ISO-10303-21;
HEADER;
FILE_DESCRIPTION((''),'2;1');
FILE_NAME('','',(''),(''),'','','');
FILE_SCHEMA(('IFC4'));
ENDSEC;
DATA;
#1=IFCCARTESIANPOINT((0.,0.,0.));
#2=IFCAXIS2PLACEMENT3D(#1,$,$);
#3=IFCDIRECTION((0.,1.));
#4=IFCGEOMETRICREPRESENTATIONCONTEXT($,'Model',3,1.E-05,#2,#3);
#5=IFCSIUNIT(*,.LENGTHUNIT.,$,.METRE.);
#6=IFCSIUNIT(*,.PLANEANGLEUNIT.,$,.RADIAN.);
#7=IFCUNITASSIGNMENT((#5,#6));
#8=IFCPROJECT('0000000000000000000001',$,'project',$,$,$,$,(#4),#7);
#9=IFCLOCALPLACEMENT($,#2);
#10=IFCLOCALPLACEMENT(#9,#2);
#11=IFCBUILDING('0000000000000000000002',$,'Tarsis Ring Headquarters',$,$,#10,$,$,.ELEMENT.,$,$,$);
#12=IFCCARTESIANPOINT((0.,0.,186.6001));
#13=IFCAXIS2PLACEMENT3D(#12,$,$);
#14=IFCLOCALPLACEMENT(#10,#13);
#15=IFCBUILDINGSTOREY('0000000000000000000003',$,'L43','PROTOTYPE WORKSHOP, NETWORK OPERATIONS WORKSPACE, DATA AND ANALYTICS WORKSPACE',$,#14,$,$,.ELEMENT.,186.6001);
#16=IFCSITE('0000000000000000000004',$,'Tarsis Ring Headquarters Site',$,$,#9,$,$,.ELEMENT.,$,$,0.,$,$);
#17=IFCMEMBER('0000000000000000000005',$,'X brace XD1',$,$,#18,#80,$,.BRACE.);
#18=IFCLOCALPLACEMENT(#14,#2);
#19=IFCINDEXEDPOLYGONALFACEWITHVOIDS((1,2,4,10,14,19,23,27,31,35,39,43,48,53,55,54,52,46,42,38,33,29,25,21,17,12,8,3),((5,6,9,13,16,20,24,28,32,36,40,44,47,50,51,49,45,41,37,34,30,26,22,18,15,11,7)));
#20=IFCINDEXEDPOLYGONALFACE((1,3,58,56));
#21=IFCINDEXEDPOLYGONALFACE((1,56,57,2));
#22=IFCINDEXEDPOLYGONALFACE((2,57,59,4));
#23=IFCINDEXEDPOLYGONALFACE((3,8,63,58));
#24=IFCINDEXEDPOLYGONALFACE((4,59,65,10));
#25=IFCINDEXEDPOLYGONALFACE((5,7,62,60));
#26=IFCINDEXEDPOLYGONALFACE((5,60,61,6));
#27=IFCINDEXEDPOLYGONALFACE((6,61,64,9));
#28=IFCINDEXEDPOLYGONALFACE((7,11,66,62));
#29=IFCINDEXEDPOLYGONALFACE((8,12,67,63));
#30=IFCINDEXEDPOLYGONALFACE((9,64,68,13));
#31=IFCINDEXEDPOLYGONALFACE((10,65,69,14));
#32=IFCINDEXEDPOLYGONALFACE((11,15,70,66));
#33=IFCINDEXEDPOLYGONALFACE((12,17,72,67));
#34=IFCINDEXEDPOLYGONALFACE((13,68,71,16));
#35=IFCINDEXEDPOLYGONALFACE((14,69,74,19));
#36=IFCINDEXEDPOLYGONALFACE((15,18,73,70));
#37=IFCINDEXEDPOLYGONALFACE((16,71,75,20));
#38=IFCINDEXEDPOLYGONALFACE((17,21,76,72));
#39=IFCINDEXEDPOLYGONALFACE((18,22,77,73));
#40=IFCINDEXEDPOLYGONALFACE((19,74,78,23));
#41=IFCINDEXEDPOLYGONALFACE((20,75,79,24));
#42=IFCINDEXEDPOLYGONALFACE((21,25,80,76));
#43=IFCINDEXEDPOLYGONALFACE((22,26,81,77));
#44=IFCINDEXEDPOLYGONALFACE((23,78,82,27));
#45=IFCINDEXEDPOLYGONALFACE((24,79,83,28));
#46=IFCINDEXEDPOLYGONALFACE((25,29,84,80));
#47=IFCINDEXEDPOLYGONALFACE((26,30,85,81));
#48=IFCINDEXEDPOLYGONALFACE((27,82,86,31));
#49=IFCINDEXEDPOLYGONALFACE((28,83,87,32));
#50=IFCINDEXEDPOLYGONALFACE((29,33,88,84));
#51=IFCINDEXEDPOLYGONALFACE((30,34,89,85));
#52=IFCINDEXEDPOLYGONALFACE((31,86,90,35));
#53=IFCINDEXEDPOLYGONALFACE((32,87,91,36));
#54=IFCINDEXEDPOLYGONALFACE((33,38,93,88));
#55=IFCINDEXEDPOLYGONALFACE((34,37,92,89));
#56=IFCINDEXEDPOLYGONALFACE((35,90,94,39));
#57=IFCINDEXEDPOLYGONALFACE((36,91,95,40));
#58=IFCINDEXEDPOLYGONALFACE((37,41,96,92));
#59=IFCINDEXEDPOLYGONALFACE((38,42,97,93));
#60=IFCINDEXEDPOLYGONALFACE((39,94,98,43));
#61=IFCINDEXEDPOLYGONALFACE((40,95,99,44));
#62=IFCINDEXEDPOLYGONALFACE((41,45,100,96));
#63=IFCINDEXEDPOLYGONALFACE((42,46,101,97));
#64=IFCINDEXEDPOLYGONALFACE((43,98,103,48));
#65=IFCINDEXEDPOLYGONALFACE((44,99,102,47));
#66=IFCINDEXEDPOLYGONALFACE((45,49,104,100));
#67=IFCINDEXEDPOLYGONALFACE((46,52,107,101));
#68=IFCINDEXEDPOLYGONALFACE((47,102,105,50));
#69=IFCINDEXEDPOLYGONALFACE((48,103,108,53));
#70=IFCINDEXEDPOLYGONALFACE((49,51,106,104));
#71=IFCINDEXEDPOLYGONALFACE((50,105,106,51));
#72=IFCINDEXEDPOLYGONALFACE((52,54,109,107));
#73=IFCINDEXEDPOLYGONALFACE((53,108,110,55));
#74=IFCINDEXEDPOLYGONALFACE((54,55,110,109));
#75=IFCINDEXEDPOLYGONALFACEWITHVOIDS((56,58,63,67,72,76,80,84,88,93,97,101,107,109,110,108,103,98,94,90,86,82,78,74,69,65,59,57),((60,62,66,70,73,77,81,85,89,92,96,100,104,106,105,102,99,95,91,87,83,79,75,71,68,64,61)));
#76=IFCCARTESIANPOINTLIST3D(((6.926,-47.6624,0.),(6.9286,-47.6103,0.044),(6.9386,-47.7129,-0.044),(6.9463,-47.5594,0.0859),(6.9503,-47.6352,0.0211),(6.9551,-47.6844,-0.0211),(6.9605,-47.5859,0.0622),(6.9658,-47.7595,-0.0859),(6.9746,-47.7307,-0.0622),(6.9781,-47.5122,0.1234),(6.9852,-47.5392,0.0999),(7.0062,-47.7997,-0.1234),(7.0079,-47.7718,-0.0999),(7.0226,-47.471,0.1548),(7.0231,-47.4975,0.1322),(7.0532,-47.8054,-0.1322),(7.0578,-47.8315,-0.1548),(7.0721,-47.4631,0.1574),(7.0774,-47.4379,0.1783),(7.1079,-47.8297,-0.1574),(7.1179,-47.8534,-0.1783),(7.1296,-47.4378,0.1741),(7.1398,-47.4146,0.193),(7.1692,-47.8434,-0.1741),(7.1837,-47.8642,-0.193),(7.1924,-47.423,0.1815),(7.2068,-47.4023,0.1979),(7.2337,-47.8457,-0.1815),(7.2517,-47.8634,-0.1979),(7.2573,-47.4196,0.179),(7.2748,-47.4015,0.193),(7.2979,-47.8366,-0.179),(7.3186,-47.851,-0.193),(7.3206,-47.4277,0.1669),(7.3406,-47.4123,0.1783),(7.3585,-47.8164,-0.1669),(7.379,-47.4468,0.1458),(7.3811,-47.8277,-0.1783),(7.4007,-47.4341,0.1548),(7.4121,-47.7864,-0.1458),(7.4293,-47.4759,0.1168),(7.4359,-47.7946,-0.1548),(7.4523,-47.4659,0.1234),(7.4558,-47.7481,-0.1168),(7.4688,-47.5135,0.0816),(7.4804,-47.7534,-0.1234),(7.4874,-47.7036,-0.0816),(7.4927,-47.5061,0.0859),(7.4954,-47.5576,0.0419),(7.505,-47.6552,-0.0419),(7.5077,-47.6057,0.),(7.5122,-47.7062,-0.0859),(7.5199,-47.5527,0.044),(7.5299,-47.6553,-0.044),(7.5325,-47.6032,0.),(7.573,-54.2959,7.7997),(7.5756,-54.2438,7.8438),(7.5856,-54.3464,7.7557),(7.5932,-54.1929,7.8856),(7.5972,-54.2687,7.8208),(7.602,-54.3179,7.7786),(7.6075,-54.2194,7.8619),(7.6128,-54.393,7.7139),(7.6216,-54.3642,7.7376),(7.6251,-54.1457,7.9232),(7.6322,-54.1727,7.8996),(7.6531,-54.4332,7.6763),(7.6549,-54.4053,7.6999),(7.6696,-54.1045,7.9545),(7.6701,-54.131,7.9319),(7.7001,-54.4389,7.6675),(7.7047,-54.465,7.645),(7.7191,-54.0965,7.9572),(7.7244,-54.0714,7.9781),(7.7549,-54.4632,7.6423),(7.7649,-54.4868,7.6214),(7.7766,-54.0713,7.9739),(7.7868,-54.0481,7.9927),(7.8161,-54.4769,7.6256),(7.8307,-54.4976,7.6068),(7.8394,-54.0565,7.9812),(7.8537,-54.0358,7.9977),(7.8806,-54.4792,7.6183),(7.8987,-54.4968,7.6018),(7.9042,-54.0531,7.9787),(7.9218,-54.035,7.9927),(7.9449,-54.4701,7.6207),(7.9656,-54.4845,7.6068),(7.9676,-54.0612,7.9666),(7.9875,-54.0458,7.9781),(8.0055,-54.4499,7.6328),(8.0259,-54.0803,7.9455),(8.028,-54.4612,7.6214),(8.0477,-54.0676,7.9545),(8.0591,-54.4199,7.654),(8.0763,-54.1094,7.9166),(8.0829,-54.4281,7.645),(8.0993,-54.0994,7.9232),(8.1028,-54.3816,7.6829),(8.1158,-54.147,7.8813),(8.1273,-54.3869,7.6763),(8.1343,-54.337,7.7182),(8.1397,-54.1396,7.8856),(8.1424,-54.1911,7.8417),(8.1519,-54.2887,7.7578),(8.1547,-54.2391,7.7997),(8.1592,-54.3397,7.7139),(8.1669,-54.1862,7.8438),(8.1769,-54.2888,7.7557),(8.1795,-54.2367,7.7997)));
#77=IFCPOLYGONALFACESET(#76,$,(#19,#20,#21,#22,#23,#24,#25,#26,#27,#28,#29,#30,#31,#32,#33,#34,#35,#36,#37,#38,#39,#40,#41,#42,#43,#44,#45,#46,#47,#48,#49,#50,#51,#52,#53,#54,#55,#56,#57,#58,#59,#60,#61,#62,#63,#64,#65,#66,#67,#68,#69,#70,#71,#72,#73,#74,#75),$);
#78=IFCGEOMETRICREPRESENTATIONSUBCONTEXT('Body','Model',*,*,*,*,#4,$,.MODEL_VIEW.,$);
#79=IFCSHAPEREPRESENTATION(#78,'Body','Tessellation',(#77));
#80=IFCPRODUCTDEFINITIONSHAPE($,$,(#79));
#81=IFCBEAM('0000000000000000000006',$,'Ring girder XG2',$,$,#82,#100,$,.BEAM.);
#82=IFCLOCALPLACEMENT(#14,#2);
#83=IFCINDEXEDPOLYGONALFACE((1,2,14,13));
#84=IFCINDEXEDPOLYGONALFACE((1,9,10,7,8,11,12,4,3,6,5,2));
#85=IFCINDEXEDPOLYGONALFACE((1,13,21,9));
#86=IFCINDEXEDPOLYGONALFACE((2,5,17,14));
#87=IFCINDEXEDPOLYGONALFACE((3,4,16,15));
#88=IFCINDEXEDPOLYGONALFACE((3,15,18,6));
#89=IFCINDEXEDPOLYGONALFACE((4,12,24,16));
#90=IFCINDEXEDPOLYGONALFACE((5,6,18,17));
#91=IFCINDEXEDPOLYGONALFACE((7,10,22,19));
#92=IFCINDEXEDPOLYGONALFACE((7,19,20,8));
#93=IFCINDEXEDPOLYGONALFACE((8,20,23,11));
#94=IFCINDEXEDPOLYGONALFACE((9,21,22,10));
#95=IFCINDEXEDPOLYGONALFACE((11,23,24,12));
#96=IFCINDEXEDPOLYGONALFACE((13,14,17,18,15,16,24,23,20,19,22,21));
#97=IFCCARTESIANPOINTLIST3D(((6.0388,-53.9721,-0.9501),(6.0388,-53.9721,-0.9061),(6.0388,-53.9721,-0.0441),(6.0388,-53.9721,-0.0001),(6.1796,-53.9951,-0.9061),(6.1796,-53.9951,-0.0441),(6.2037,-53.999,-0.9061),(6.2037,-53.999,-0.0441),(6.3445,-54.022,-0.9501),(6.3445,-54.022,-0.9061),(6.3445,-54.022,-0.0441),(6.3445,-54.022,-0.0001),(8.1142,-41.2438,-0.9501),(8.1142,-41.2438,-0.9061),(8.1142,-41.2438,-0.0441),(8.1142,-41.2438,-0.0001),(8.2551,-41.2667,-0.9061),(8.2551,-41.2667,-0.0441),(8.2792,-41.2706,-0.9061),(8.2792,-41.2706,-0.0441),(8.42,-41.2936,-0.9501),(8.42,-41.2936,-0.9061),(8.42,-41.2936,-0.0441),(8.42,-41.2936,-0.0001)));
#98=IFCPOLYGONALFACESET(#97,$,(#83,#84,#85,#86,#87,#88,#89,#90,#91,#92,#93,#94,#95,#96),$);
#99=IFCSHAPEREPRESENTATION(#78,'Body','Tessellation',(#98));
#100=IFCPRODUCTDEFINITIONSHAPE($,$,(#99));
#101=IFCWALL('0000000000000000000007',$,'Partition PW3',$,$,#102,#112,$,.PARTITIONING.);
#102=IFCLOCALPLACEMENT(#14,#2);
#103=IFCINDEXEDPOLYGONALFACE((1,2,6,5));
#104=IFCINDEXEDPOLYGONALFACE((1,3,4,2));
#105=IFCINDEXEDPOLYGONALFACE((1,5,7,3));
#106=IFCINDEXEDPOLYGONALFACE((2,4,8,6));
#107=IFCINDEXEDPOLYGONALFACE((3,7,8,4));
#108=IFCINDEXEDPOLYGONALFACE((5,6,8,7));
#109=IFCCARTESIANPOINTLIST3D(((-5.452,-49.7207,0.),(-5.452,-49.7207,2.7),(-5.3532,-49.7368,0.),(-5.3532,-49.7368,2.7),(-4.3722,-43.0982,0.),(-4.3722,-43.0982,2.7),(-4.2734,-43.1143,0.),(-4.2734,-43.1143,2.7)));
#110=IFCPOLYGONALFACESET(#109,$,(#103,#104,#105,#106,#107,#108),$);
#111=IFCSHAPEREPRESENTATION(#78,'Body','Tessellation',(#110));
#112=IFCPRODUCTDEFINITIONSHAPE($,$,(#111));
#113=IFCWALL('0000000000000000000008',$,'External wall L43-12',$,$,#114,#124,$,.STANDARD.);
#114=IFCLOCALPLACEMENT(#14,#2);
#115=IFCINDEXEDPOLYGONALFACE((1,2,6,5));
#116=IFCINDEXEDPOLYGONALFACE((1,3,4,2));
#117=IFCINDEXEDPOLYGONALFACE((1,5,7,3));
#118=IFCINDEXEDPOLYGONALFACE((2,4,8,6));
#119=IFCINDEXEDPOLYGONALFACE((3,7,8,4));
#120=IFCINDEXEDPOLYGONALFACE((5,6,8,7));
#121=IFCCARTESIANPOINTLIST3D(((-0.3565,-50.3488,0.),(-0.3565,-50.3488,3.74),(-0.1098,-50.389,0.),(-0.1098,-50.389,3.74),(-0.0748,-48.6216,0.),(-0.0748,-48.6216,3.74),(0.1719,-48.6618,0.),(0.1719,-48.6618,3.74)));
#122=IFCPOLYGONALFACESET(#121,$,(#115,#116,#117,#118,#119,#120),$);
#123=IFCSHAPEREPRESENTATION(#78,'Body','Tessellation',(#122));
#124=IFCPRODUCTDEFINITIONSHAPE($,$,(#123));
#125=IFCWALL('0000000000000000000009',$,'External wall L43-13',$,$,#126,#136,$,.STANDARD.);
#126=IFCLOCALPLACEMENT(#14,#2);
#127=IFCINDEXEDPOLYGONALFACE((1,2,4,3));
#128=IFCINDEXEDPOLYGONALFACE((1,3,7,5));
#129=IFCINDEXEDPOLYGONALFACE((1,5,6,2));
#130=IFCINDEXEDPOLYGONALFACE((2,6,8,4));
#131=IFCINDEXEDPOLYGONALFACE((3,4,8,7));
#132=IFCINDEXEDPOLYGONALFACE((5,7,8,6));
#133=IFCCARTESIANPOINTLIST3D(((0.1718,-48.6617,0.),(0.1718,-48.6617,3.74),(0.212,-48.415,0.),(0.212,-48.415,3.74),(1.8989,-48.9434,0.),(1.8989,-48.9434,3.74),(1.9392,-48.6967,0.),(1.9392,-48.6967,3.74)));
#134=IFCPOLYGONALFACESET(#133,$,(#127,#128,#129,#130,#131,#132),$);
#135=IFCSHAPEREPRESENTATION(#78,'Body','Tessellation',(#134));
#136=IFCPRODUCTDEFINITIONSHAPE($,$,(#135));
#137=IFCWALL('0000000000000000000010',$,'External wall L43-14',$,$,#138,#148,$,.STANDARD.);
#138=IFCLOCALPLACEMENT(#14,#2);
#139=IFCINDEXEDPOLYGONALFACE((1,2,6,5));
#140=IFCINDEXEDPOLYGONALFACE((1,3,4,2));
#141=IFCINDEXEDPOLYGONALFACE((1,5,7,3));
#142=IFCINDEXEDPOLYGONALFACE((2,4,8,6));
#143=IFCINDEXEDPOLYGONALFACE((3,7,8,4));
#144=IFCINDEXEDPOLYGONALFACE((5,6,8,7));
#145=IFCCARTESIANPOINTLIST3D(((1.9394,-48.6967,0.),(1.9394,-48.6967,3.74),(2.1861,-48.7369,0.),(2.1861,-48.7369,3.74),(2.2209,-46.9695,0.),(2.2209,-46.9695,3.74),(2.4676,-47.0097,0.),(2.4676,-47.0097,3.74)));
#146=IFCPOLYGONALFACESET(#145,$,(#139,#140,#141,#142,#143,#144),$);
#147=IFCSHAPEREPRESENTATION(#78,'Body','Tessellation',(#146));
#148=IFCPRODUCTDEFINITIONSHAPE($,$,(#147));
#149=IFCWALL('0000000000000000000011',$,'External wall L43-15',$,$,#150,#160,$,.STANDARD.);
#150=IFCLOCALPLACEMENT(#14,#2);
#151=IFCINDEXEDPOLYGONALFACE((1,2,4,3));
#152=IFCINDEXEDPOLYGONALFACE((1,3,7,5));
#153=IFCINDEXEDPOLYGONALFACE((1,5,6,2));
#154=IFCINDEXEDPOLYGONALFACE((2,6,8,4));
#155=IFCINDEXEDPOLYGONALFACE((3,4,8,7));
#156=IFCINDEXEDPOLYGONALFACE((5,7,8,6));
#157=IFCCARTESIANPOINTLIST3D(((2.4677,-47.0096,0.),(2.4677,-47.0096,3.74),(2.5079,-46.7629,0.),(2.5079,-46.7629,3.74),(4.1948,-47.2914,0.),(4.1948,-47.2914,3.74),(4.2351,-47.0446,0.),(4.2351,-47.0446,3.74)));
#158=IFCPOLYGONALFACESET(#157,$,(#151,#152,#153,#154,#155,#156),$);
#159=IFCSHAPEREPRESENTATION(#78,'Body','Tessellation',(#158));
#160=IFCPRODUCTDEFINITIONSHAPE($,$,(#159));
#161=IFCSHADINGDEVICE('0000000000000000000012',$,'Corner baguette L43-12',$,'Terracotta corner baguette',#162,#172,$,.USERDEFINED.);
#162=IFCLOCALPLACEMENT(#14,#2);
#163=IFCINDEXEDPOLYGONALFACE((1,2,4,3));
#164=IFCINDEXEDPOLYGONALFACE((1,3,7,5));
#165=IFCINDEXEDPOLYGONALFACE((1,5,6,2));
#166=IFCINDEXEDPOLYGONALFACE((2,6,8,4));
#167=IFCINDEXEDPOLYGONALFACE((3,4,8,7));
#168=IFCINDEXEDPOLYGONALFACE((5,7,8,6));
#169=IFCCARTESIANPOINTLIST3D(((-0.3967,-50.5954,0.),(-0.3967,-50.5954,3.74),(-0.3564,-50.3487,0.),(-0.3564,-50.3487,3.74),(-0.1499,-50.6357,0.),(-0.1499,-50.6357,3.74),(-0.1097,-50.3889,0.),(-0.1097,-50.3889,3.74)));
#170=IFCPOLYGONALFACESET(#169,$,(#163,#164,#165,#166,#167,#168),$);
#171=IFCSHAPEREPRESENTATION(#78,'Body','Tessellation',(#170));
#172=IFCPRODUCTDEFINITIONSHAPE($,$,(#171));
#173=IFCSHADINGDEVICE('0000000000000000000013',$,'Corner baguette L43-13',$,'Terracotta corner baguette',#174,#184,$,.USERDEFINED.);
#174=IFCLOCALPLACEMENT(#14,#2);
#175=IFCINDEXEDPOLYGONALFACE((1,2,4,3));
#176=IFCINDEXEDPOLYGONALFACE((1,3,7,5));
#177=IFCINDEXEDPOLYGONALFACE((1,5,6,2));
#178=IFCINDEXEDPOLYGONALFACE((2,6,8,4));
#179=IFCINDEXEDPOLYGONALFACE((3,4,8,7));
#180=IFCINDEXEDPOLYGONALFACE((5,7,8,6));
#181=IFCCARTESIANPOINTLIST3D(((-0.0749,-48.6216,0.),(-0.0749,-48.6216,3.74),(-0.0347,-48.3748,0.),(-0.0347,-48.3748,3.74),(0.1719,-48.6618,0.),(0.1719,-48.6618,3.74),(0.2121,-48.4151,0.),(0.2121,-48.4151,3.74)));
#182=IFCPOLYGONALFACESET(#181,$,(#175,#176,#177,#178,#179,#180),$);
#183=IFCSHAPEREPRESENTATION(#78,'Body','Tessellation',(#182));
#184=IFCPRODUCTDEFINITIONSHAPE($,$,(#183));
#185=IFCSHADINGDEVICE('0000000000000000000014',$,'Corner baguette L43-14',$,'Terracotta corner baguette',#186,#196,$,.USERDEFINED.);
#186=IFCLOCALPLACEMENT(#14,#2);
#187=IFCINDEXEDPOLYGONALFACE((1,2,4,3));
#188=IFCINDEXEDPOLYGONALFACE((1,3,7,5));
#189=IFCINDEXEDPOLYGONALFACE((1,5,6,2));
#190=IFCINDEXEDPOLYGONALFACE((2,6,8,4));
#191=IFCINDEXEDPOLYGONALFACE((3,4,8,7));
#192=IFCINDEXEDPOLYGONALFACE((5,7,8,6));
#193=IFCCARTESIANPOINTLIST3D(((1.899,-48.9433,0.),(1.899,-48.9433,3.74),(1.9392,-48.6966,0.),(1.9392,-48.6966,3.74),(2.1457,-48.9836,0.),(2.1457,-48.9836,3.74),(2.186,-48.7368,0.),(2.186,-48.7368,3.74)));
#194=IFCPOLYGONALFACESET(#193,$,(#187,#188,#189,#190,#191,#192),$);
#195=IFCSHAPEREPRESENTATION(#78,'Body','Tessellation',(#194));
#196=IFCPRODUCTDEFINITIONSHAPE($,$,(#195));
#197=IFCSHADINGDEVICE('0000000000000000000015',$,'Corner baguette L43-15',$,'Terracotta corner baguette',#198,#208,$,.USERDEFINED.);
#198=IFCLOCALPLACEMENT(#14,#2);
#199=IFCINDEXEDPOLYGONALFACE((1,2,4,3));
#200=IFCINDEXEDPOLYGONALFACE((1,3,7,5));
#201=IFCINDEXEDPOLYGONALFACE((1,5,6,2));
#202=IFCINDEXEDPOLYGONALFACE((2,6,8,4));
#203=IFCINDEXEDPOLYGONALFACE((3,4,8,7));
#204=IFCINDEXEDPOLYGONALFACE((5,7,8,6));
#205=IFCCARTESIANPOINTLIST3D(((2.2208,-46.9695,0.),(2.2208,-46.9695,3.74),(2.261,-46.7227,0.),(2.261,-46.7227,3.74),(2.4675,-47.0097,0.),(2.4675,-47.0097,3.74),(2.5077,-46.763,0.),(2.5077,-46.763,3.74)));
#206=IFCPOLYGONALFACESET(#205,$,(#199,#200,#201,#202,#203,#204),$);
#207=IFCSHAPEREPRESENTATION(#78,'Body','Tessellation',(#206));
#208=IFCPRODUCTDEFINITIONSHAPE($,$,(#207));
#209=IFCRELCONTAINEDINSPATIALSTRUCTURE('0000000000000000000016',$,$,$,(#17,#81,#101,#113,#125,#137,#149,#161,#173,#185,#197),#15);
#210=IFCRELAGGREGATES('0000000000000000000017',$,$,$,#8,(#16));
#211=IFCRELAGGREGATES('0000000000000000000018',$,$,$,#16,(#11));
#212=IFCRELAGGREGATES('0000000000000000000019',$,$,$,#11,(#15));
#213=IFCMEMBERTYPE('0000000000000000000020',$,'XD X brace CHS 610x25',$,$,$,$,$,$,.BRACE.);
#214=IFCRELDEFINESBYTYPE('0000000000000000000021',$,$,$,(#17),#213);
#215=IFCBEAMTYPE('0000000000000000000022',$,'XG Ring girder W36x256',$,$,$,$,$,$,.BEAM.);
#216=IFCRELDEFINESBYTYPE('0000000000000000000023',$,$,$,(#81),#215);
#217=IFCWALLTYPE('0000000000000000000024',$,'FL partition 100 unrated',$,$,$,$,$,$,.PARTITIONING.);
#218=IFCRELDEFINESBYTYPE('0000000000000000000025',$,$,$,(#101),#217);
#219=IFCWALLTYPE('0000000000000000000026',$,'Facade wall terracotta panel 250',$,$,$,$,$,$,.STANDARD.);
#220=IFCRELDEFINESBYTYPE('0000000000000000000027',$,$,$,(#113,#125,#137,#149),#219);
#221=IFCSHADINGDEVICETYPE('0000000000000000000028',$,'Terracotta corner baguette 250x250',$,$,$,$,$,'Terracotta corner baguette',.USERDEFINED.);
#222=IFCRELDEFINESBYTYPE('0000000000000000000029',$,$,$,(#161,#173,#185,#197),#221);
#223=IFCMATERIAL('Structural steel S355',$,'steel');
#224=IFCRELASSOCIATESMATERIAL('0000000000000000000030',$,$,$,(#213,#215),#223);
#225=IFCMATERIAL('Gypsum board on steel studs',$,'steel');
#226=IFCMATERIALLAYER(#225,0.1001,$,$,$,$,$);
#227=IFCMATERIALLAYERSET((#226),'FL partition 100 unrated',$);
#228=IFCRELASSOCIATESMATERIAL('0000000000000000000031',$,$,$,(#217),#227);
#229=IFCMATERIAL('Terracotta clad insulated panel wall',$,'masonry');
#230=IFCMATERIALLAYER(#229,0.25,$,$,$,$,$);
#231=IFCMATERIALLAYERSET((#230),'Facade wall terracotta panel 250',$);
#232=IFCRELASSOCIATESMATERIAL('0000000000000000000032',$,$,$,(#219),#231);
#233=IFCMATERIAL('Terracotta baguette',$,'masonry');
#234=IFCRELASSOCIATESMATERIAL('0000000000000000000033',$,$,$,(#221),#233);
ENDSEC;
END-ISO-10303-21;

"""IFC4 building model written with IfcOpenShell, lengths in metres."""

from ifc_helpers import new_model, si_unit, direction, frame, frame_2d, origin, origin_2d, place, context, subcontext, project, spatial, rectangle, hollow_circle, i_section, extrude, material, layer, layer_set, material_profile, profile_set, type_object, element, save


model = new_model("IFC4")

# Units and contexts
model_context = context("Model", 3, precision=1e-05, world=origin(), true_north=direction((0.0, 1.0)))
body_context = subcontext(model_context, "Body", "Model", "MODEL_VIEW")
ifc_project = project(units=[si_unit("LENGTHUNIT", "METRE"), si_unit("PLANEANGLEUNIT", "RADIAN")], contexts=[model_context])

# Site, building, storey
site_placement = place(None, origin())
site = spatial("IfcSite", under=ifc_project, at=site_placement, Name="Tarsis Ring Headquarters Site", CompositionType="ELEMENT", RefElevation=0.0)
building_placement = place(site_placement, origin())
building = spatial("IfcBuilding", under=site, at=building_placement, Name="Tarsis Ring Headquarters", CompositionType="ELEMENT")
storey_placement = place(building_placement, frame((0.0, 0.0, 186.6001)))
storey = spatial("IfcBuildingStorey", under=building, at=storey_placement, Name="L43", Description="PROTOTYPE WORKSHOP, NETWORK OPERATIONS WORKSPACE, DATA AND ANALYTICS WORKSPACE", CompositionType="ELEMENT", Elevation=186.6001)

# Shared definitions
ifc_material_1 = material(Name="Structural steel S355", Category="steel")

# Member
ifc_material_profile_1 = material_profile(ifc_material_1, hollow_circle(Radius=0.3047, WallThickness=0.0249, at=origin_2d()), Name="CHS 610x25")
ifc_profile_set_1 = profile_set([ifc_material_profile_1], Name="Structural steel S355")
member_type = type_object("IfcMemberType", Name="XD X brace CHS 610x25", PredefinedType="BRACE", material=ifc_profile_set_1)
member_1_placement = place(storey_placement, frame((7.2292, -47.6328, 0.0), z_axis=(0.06306, -0.646569, 0.760244), x_axis=(0.995278, 0.09707, 0.0)))
element("IfcMember", 1, at=member_1_placement, inside=storey, type_object=member_type, Name="X brace XD1", PredefinedType="BRACE", context=body_context, shape_type="SweptSolid", body=[
    extrude(hollow_circle(Radius=0.3047, WallThickness=0.0249, at=origin_2d()), origin(), (0.0, 0.0, 1.0), 10.2595),
])

# Beam
ifc_material_profile_2 = material_profile(ifc_material_1, i_section(OverallWidth=0.3098, OverallDepth=0.95, WebThickness=0.0244, FlangeThickness=0.0439, at=origin_2d()), Name="W36x256")
ifc_profile_set_2 = profile_set([ifc_material_profile_2], Name="Structural steel S355")
beam_type = type_object("IfcBeamType", Name="XG Ring girder W36x256", PredefinedType="BEAM", material=ifc_profile_set_2)
beam_placement = place(storey_placement, frame((6.1917, -53.9971, -0.4751), z_axis=(0.160932, 0.986965, 0.0), x_axis=(-0.986965, 0.160932, 0.0)))
element("IfcBeam", 2, at=beam_placement, inside=storey, type_object=beam_type, Name="Ring girder XG2", PredefinedType="BEAM", context=body_context, shape_type="SweptSolid", body=[
    extrude(i_section(OverallWidth=0.3098, OverallDepth=0.95, WebThickness=0.0244, FlangeThickness=0.0439, at=origin_2d()), origin(), (0.0, 0.0, 1.0), 12.8965),
])

# Walls
ifc_material_2 = material(Name="Gypsum board on steel studs", Category="steel")
ifc_layer_1 = layer(ifc_material_2, 0.1001)
ifc_layer_set_1 = layer_set([ifc_layer_1], Name="FL partition 100 unrated")
wall_type_1 = type_object("IfcWallType", Name="FL partition 100 unrated", PredefinedType="PARTITIONING", material=ifc_layer_set_1)
wall_1_placement = place(storey_placement, frame((-5.4026, -49.7288, 0.0), z_axis=(0.0, 0.0, 1.0), x_axis=(0.160929, 0.986966, 0.0)))
element("IfcWall", 3, at=wall_1_placement, inside=storey, type_object=wall_type_1, Name="Partition PW3", PredefinedType="PARTITIONING", context=body_context, shape_type="SweptSolid", body=[
    extrude(rectangle(XDim=6.71, YDim=0.1001, at=frame_2d((3.355, 0.0))), origin(), (0.0, 0.0, 1.0), 2.7),
])
ifc_material_3 = material(Name="Terracotta clad insulated panel wall", Category="masonry")
ifc_layer_2 = layer(ifc_material_3, 0.25)
ifc_layer_set_2 = layer_set([ifc_layer_2], Name="Facade wall terracotta panel 250")
wall_type_2 = type_object("IfcWallType", Name="Facade wall terracotta panel 250", PredefinedType="STANDARD", material=ifc_layer_set_2)
for number, where, z_axis, x_axis, name in (
    (4, (-0.2332, -50.3689, 0.0), (0.0, 0.0, 1.0), (0.160982, 0.986957, 0.0), "External wall L43-12"),
    (5, (0.1919, -48.5383, 0.0), (0.0, 0.0, 1.0), (0.986957, -0.160982, 0.0), "External wall L43-13"),
    (6, (2.0627, -48.7168, 0.0), (0.0, 0.0, 1.0), (0.160846, 0.986979, 0.0), "External wall L43-14"),
    (7, (2.4878, -46.8862, 0.0), (0.0, 0.0, 1.0), (0.986954, -0.161004, 0.0), "External wall L43-15"),
):
    element("IfcWall", number, at=place(storey_placement, frame(where, z_axis=z_axis, x_axis=x_axis)), inside=storey, type_object=wall_type_2, Name=name, PredefinedType="STANDARD", context=body_context, shape_type="SweptSolid", body=[
        extrude(rectangle(XDim=1.75, YDim=0.25, at=frame_2d((0.875, 0.0))), origin(), (0.0, 0.0, 1.0), 3.74),
    ])

# Shading devices
ifc_material_4 = material(Name="Terracotta baguette", Category="masonry")
shading_device_type_1 = type_object("IfcShadingDeviceType", Name="Terracotta corner baguette 250x250", ElementType="Terracotta corner baguette", PredefinedType="USERDEFINED", material=ifc_material_4)
for number, where, z_axis, x_axis, name in (
    (8, (-0.2532, -50.4922, 0.0), (0.0, 0.0, 1.0), (0.986968, -0.160915, 0.0), "Corner baguette L43-12"),
    (9, (0.0686, -48.5183, 0.0), (0.0, 0.0, 1.0), (0.160915, 0.986968, 0.0), "Corner baguette L43-13"),
    (10, (2.0425, -48.8401, 0.0), (0.0, 0.0, 1.0), (0.986968, -0.160914, 0.0), "Corner baguette L43-14"),
    (11, (2.3643, -46.8662, 0.0), (0.0, 0.0, 1.0), (0.160914, 0.986968, 0.0), "Corner baguette L43-15"),
):
    element("IfcShadingDevice", number, at=place(storey_placement, frame(where, z_axis=z_axis, x_axis=x_axis)), inside=storey, type_object=shading_device_type_1, Name=name, ObjectType="Terracotta corner baguette", PredefinedType="USERDEFINED", context=body_context, shape_type="SweptSolid", body=[
        extrude(rectangle(XDim=0.25, YDim=0.25, at=origin_2d()), origin(), (0.0, 0.0, 1.0), 3.74),
    ])

save(model, "model.ifc")
